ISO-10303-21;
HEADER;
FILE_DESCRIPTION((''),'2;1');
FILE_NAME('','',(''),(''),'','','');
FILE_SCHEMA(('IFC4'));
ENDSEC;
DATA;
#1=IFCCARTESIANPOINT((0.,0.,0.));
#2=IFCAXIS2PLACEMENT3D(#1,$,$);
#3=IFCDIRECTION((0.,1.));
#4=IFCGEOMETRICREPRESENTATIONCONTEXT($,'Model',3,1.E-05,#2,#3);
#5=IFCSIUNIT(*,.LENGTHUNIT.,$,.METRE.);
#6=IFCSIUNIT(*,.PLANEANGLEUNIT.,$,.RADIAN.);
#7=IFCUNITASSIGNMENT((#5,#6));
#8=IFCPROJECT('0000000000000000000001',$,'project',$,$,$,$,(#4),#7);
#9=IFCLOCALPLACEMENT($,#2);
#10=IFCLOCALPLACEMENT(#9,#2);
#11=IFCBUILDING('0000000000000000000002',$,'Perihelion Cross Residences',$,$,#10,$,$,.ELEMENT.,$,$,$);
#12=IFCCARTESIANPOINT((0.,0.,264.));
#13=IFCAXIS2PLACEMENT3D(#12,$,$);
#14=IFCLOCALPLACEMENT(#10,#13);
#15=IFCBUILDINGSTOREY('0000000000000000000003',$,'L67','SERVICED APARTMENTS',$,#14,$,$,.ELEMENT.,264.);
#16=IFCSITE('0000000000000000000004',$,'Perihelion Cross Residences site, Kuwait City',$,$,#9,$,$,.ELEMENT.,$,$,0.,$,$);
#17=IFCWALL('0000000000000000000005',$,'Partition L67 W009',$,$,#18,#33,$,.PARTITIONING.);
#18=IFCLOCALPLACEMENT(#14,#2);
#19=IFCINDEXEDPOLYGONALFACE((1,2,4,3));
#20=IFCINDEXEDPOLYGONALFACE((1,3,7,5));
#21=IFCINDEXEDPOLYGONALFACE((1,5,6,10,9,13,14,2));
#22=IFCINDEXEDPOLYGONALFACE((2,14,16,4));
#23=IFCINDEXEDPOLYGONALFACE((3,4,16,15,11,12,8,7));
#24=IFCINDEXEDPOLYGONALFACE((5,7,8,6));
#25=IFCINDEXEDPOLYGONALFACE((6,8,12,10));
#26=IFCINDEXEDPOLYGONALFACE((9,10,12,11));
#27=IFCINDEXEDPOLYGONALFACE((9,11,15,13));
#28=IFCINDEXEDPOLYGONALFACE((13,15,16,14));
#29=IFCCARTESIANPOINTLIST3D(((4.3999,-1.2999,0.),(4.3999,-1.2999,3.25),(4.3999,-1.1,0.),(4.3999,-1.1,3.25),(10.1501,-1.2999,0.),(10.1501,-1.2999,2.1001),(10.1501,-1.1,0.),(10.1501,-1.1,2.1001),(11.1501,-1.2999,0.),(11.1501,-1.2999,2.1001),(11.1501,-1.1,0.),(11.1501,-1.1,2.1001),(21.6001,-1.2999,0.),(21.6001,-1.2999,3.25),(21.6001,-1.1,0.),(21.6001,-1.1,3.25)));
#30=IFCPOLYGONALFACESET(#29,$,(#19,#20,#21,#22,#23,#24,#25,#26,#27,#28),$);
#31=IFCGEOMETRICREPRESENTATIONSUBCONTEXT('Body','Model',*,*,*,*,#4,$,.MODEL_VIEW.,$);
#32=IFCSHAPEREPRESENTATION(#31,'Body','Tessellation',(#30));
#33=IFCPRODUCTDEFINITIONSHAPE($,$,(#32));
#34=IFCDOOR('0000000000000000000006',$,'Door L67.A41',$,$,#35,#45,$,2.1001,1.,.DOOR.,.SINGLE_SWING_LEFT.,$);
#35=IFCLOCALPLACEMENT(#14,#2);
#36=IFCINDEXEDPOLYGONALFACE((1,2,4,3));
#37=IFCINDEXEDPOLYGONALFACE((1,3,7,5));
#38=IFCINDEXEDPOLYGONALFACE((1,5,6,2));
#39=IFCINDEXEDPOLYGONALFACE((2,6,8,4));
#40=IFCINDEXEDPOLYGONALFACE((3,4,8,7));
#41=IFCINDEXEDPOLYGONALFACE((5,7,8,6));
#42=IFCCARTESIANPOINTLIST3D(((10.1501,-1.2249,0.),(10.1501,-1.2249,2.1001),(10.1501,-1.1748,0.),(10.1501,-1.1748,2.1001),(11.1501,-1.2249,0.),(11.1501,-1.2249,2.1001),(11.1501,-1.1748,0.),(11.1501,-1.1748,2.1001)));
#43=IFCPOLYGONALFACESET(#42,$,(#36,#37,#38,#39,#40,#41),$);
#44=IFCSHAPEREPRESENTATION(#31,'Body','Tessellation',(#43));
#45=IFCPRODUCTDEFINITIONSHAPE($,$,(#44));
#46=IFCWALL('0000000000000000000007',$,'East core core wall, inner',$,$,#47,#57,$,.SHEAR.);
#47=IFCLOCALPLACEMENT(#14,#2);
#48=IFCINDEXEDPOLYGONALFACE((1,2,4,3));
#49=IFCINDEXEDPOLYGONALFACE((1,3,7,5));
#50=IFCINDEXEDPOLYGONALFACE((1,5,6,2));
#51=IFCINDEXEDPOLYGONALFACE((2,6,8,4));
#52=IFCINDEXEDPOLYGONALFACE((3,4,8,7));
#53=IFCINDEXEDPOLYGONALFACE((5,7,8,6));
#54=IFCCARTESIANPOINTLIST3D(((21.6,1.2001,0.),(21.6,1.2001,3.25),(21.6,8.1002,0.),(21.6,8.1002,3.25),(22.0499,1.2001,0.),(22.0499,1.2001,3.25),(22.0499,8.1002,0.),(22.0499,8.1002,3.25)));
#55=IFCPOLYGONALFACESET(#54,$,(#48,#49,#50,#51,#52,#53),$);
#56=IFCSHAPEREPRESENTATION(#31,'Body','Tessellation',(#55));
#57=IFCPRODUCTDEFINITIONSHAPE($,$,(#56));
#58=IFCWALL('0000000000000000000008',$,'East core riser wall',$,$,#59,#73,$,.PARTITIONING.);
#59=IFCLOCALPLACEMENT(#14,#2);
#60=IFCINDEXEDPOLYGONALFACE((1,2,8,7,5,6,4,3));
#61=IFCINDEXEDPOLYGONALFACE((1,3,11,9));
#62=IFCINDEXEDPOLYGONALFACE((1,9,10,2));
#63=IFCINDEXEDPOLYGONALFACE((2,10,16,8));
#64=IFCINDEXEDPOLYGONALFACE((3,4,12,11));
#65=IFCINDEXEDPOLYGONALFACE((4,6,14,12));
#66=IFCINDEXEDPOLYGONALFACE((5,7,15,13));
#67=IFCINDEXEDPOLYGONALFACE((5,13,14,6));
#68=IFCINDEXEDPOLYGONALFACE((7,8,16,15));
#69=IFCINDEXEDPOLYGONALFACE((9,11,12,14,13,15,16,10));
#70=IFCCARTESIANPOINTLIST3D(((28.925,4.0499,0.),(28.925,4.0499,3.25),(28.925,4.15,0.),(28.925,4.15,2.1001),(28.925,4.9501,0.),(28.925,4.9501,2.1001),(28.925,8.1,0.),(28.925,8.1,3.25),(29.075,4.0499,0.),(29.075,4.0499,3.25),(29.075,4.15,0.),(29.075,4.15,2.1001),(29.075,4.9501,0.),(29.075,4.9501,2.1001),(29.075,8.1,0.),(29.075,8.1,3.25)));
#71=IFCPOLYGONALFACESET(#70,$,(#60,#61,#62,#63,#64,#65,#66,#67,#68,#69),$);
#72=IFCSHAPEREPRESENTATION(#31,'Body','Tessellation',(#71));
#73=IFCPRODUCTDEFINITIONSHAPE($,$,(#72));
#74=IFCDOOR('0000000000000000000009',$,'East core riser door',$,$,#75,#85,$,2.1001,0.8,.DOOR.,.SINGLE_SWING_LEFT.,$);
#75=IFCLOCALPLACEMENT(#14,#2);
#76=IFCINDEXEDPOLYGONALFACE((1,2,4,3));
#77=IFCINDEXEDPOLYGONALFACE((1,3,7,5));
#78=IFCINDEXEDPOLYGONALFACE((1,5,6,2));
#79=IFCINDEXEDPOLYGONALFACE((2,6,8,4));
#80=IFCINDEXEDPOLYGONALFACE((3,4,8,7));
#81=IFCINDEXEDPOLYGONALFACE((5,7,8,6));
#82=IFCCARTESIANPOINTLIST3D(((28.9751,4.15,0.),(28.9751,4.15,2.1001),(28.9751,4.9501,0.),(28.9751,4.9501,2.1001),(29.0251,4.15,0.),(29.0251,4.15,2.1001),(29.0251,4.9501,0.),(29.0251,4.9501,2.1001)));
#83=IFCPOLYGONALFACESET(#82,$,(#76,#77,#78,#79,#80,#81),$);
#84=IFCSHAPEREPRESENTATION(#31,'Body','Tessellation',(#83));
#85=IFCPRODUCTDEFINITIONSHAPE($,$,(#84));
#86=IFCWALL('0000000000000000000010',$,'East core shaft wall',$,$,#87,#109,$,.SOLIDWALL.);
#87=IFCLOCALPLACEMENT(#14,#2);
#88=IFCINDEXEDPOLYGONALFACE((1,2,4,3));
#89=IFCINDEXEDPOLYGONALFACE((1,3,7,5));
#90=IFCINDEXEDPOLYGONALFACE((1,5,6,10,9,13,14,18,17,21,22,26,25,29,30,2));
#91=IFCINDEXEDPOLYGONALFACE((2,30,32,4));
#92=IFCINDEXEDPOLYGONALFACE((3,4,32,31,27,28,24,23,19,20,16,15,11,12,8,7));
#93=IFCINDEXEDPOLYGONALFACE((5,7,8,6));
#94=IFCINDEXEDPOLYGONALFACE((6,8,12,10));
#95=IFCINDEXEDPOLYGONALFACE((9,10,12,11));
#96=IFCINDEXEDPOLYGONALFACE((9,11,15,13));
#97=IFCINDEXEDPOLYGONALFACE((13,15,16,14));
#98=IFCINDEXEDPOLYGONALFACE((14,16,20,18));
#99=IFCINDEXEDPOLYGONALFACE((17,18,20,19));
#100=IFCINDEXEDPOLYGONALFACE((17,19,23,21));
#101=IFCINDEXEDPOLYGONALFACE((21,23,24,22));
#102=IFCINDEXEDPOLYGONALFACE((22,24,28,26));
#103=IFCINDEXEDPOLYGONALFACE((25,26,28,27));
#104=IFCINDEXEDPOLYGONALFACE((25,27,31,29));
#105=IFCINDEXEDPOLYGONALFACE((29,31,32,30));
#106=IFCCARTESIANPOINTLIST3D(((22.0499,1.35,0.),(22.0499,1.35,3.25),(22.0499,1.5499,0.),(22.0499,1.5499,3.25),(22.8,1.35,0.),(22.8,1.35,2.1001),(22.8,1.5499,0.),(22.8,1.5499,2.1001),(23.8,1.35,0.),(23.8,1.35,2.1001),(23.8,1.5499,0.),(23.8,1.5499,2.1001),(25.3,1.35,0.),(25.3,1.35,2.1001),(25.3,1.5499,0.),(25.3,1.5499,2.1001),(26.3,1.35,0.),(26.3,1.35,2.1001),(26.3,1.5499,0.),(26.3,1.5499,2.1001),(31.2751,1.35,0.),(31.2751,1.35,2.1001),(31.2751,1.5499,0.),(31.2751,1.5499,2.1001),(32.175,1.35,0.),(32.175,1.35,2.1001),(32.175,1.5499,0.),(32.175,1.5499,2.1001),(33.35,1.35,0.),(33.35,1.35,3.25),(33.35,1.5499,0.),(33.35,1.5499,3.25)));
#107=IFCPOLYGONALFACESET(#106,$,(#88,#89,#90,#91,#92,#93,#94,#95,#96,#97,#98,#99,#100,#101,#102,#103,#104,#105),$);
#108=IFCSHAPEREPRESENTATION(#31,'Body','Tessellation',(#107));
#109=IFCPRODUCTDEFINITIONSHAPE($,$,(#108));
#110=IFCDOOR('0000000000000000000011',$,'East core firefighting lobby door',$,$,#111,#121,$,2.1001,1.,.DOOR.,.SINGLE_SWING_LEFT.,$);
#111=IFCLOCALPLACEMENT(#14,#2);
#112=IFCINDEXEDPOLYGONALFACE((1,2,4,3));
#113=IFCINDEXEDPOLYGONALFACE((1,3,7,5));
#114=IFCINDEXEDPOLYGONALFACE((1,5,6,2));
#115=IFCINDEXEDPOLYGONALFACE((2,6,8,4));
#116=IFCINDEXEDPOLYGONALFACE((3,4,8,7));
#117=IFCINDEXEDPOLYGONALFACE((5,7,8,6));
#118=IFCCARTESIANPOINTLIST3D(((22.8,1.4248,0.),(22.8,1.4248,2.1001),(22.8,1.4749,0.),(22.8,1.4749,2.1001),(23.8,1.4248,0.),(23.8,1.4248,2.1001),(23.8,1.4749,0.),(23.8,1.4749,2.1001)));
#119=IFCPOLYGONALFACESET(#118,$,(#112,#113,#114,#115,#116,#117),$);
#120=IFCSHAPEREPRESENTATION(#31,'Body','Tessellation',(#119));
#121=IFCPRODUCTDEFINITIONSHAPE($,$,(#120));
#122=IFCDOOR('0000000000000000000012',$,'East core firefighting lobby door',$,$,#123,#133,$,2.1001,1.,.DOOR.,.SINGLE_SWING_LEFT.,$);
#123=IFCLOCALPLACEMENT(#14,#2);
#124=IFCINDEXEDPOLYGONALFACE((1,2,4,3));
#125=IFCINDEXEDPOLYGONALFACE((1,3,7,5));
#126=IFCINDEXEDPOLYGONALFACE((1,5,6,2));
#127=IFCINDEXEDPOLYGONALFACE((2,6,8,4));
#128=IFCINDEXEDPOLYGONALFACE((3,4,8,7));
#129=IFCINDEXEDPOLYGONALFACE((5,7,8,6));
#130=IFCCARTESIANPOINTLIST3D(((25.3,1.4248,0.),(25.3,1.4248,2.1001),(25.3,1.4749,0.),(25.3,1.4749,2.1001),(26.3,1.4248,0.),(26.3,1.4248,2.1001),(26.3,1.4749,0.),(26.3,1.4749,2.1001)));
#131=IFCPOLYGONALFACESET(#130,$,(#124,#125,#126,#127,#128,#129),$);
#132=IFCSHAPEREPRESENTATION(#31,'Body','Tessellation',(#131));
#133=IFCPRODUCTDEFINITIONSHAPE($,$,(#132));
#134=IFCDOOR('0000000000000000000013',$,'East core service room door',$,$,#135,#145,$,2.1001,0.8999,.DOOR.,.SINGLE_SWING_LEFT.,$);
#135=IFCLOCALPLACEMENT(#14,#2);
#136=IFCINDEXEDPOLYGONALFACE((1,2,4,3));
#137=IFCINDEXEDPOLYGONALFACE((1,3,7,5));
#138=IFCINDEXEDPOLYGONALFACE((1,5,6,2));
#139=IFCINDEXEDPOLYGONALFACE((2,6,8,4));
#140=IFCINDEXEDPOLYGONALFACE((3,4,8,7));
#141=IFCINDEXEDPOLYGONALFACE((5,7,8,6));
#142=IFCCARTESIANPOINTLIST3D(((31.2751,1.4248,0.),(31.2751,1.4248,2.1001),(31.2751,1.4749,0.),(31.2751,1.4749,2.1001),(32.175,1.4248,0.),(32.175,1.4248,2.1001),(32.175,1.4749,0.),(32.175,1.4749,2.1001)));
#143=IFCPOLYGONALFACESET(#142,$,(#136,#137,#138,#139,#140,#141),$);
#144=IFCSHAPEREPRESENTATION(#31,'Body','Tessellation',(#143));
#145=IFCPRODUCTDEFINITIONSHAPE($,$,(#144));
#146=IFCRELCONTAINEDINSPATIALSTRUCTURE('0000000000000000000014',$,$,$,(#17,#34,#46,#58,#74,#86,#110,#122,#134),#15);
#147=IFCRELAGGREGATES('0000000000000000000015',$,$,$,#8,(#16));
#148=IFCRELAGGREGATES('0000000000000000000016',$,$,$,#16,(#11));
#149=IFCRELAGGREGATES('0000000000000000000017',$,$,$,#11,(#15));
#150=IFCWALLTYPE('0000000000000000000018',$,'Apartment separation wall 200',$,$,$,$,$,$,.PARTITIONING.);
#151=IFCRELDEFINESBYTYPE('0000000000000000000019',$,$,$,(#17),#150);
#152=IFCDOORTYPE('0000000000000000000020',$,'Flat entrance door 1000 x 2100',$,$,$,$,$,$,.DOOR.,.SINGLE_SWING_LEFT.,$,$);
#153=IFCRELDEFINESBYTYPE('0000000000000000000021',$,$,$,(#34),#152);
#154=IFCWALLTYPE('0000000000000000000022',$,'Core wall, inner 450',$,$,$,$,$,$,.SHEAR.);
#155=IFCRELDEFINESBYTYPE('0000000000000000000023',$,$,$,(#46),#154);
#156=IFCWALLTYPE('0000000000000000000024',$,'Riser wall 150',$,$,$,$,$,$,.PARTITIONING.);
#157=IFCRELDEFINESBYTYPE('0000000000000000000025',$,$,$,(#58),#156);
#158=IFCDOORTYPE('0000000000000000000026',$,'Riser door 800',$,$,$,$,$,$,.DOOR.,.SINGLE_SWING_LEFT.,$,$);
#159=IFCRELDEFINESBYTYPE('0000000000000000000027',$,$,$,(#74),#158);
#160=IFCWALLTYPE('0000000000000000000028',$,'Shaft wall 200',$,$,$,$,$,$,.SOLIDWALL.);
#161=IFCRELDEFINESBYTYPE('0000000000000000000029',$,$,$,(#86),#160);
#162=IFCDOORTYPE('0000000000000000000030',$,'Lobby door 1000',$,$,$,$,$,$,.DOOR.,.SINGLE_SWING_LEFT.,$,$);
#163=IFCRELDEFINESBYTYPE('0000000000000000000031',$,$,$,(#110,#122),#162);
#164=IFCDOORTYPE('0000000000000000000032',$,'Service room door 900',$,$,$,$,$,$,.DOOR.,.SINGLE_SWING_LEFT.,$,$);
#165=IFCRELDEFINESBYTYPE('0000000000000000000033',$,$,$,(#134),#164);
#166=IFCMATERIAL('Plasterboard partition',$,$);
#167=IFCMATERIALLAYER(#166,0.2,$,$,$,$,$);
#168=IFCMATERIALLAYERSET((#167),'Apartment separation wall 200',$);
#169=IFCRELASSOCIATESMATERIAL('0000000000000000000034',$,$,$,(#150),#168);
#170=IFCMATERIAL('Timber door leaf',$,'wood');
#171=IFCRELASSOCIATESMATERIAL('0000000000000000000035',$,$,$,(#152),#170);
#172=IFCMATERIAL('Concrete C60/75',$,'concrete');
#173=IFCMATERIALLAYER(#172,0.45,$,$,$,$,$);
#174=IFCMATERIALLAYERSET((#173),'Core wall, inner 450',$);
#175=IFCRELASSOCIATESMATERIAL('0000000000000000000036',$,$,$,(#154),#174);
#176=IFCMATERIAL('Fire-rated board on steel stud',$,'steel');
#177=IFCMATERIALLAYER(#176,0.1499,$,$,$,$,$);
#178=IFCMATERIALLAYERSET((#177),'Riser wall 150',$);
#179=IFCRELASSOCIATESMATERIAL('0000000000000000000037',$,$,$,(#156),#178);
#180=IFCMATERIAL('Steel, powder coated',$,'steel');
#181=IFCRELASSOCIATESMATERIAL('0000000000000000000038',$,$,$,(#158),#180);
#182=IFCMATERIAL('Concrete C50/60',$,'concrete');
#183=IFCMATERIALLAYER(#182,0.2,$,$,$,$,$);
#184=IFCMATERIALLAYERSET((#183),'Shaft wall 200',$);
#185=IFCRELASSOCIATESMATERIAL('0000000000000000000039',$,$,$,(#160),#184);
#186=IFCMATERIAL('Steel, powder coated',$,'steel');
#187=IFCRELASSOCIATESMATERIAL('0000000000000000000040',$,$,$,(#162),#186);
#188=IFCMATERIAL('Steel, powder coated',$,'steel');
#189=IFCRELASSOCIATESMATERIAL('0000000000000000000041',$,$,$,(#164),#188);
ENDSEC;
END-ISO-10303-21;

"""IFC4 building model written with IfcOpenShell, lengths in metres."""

from ifc_helpers import new_model, si_unit, direction, frame, frame_2d, origin, place, context, subcontext, project, spatial, rectangle, extrude, material, layer, layer_set, type_object, element, fill, save


model = new_model("IFC4")

# Units and contexts
model_context = context("Model", 3, precision=1e-05, world=origin(), true_north=direction((0.0, 1.0)))
body_context = subcontext(model_context, "Body", "Model", "MODEL_VIEW")
ifc_project = project(units=[si_unit("LENGTHUNIT", "METRE"), si_unit("PLANEANGLEUNIT", "RADIAN")], contexts=[model_context])

# Site, building, storey
site_placement = place(None, origin())
site = spatial("IfcSite", under=ifc_project, at=site_placement, Name="Perihelion Cross Residences site, Kuwait City", CompositionType="ELEMENT", RefElevation=0.0)
building_placement = place(site_placement, origin())
building = spatial("IfcBuilding", under=site, at=building_placement, Name="Perihelion Cross Residences", CompositionType="ELEMENT")
storey_placement = place(building_placement, frame((0.0, 0.0, 264.0)))
storey = spatial("IfcBuildingStorey", under=building, at=storey_placement, Name="L67", Description="SERVICED APARTMENTS", CompositionType="ELEMENT", Elevation=264.0)

# Wall, opening, door
ifc_material_1 = material(Name="Plasterboard partition")
ifc_layer_1 = layer(ifc_material_1, 0.2)
ifc_layer_set_1 = layer_set([ifc_layer_1], Name="Apartment separation wall 200")
wall_type_1 = type_object("IfcWallType", Name="Apartment separation wall 200", PredefinedType="PARTITIONING", material=ifc_layer_set_1)
wall_1_placement = place(storey_placement, frame((21.6001, -1.2, 0.0), z_axis=(0.0, 0.0, 1.0), x_axis=(-1.0, 0.0, 0.0)))
wall_1 = element("IfcWall", 1, at=wall_1_placement, inside=storey, type_object=wall_type_1, Name="Partition L67 W009", PredefinedType="PARTITIONING", context=body_context, shape_type="SweptSolid", body=[
    extrude(rectangle(XDim=17.2002, YDim=0.2, at=frame_2d((8.6001, 0.0))), origin(), (0.0, 0.0, 1.0), 3.25),
])
opening_1_placement = place(wall_1_placement, frame((10.45, 0.0, 0.0)))
opening_1 = element("IfcOpeningElement", 2, at=opening_1_placement, cuts=wall_1, PredefinedType="OPENING", context=body_context, shape_type="SweptSolid", body=[
    extrude(rectangle(XDim=1.0, YDim=2.1001, at=frame_2d((0.5, 1.05))), frame((0.0, 0.1099, 0.0), z_axis=(0.0, -1.0, 0.0), x_axis=(1.0, 0.0, 0.0)), (0.0, 0.0, 1.0), 0.22),
])
ifc_material_2 = material(Name="Timber door leaf", Category="wood")
door_type_1 = type_object("IfcDoorType", Name="Flat entrance door 1000 x 2100", OperationType="SINGLE_SWING_LEFT", PredefinedType="DOOR", material=ifc_material_2)
door_1_placement = place(opening_1_placement, origin())
door_1 = element("IfcDoor", 3, at=door_1_placement, inside=storey, type_object=door_type_1, Name="Door L67.A41", OperationType="SINGLE_SWING_LEFT", OverallHeight=2.1001, OverallWidth=1.0, PredefinedType="DOOR", context=body_context, shape_type="SweptSolid", body=[
    extrude(rectangle(XDim=1.0, YDim=2.1001, at=frame_2d((0.5, 1.05))), frame((0.0, 0.0249, 0.0), z_axis=(0.0, -1.0, 0.0), x_axis=(1.0, 0.0, 0.0)), (0.0, 0.0, 1.0), 0.05),
])
fill(opening_1, door_1)

# Wall
ifc_material_3 = material(Name="Concrete C60/75", Category="concrete")
ifc_layer_2 = layer(ifc_material_3, 0.45)
ifc_layer_set_2 = layer_set([ifc_layer_2], Name="Core wall, inner 450")
wall_type_2 = type_object("IfcWallType", Name="Core wall, inner 450", PredefinedType="SHEAR", material=ifc_layer_set_2)
wall_2_placement = place(storey_placement, frame((21.825, 1.2, 0.0), z_axis=(0.0, 0.0, 1.0), x_axis=(0.0, 1.0, 0.0)))
element("IfcWall", 4, at=wall_2_placement, inside=storey, type_object=wall_type_2, Name="East core core wall, inner", PredefinedType="SHEAR", context=body_context, shape_type="SweptSolid", body=[
    extrude(rectangle(XDim=6.9001, YDim=0.45, at=frame_2d((3.4502, 0.0))), origin(), (0.0, 0.0, 1.0), 3.25),
])

# Wall, opening, door
ifc_material_4 = material(Name="Fire-rated board on steel stud", Category="steel")
ifc_layer_3 = layer(ifc_material_4, 0.1499)
ifc_layer_set_3 = layer_set([ifc_layer_3], Name="Riser wall 150")
wall_type_3 = type_object("IfcWallType", Name="Riser wall 150", PredefinedType="PARTITIONING", material=ifc_layer_set_3)
wall_3_placement = place(storey_placement, frame((29.0, 4.05, 0.0), z_axis=(0.0, 0.0, 1.0), x_axis=(0.0, 1.0, 0.0)))
wall_3 = element("IfcWall", 5, at=wall_3_placement, inside=storey, type_object=wall_type_3, Name="East core riser wall", PredefinedType="PARTITIONING", context=body_context, shape_type="SweptSolid", body=[
    extrude(rectangle(XDim=4.05, YDim=0.1499, at=frame_2d((2.0249, 0.0))), origin(), (0.0, 0.0, 1.0), 3.25),
])
opening_2_placement = place(wall_3_placement, frame((0.1001, 0.0, 0.0)))
opening_2 = element("IfcOpeningElement", 6, at=opening_2_placement, cuts=wall_3, PredefinedType="OPENING", context=body_context, shape_type="SweptSolid", body=[
    extrude(rectangle(XDim=0.8, YDim=2.1001, at=frame_2d((0.3999, 1.05))), frame((0.0, 0.085, 0.0), z_axis=(0.0, -1.0, 0.0), x_axis=(1.0, 0.0, 0.0)), (0.0, 0.0, 1.0), 0.1699),
])
ifc_material_5 = material(Name="Steel, powder coated", Category="steel")
door_type_2 = type_object("IfcDoorType", Name="Riser door 800", OperationType="SINGLE_SWING_LEFT", PredefinedType="DOOR", material=ifc_material_5)
door_2_placement = place(opening_2_placement, origin())
door_2 = element("IfcDoor", 7, at=door_2_placement, inside=storey, type_object=door_type_2, Name="East core riser door", OperationType="SINGLE_SWING_LEFT", OverallHeight=2.1001, OverallWidth=0.8, PredefinedType="DOOR", context=body_context, shape_type="SweptSolid", body=[
    extrude(rectangle(XDim=0.8, YDim=2.1001, at=frame_2d((0.3999, 1.05))), frame((0.0, 0.0249, 0.0), z_axis=(0.0, -1.0, 0.0), x_axis=(1.0, 0.0, 0.0)), (0.0, 0.0, 1.0), 0.05),
])
fill(opening_2, door_2)

# Wall, openings, doors
ifc_material_6 = material(Name="Concrete C50/60", Category="concrete")
ifc_layer_4 = layer(ifc_material_6, 0.2)
ifc_layer_set_4 = layer_set([ifc_layer_4], Name="Shaft wall 200")
wall_type_4 = type_object("IfcWallType", Name="Shaft wall 200", PredefinedType="SOLIDWALL", material=ifc_layer_set_4)
wall_4_placement = place(storey_placement, frame((22.05, 1.45, 0.0), z_axis=(0.0, 0.0, 1.0), x_axis=(1.0, 0.0, 0.0)))
wall_4 = element("IfcWall", 8, at=wall_4_placement, inside=storey, type_object=wall_type_4, Name="East core shaft wall", PredefinedType="SOLIDWALL", context=body_context, shape_type="SweptSolid", body=[
    extrude(rectangle(XDim=11.3, YDim=0.2, at=frame_2d((5.6499, 0.0))), origin(), (0.0, 0.0, 1.0), 3.25),
])
opening_3_placement = place(wall_4_placement, frame((0.75, 0.0, 0.0)))
opening_3 = element("IfcOpeningElement", 9, at=opening_3_placement, cuts=wall_4, PredefinedType="OPENING", context=body_context, shape_type="SweptSolid", body=[
    extrude(rectangle(XDim=1.0, YDim=2.1001, at=frame_2d((0.5, 1.05))), frame((0.0, 0.1099, 0.0), z_axis=(0.0, -1.0, 0.0), x_axis=(1.0, 0.0, 0.0)), (0.0, 0.0, 1.0), 0.22),
])
opening_4_placement = place(wall_4_placement, frame((3.25, 0.0, 0.0)))
opening_4 = element("IfcOpeningElement", 10, at=opening_4_placement, cuts=wall_4, PredefinedType="OPENING", context=body_context, shape_type="SweptSolid", body=[
    extrude(rectangle(XDim=1.0, YDim=2.1001, at=frame_2d((0.5, 1.05))), frame((0.0, 0.1099, 0.0), z_axis=(0.0, -1.0, 0.0), x_axis=(1.0, 0.0, 0.0)), (0.0, 0.0, 1.0), 0.22),
])
opening_5_placement = place(wall_4_placement, frame((9.2251, 0.0, 0.0)))
opening_5 = element("IfcOpeningElement", 11, at=opening_5_placement, cuts=wall_4, PredefinedType="OPENING", context=body_context, shape_type="SweptSolid", body=[
    extrude(rectangle(XDim=0.8999, YDim=2.1001, at=frame_2d((0.45, 1.05))), frame((0.0, 0.1099, 0.0), z_axis=(0.0, -1.0, 0.0), x_axis=(1.0, 0.0, 0.0)), (0.0, 0.0, 1.0), 0.22),
])
ifc_material_7 = material(Name="Steel, powder coated", Category="steel")
door_type_3 = type_object("IfcDoorType", Name="Lobby door 1000", OperationType="SINGLE_SWING_LEFT", PredefinedType="DOOR", material=ifc_material_7)
door_3_placement = place(opening_3_placement, origin())
door_3 = element("IfcDoor", 12, at=door_3_placement, inside=storey, type_object=door_type_3, Name="East core firefighting lobby door", OperationType="SINGLE_SWING_LEFT", OverallHeight=2.1001, OverallWidth=1.0, PredefinedType="DOOR", context=body_context, shape_type="SweptSolid", body=[
    extrude(rectangle(XDim=1.0, YDim=2.1001, at=frame_2d((0.5, 1.05))), frame((0.0, 0.0249, 0.0), z_axis=(0.0, -1.0, 0.0), x_axis=(1.0, 0.0, 0.0)), (0.0, 0.0, 1.0), 0.05),
])
fill(opening_3, door_3)
door_4_placement = place(opening_4_placement, origin())
door_4 = element("IfcDoor", 13, at=door_4_placement, inside=storey, type_object=door_type_3, Name="East core firefighting lobby door", OperationType="SINGLE_SWING_LEFT", OverallHeight=2.1001, OverallWidth=1.0, PredefinedType="DOOR", context=body_context, shape_type="SweptSolid", body=[
    extrude(rectangle(XDim=1.0, YDim=2.1001, at=frame_2d((0.5, 1.05))), frame((0.0, 0.0249, 0.0), z_axis=(0.0, -1.0, 0.0), x_axis=(1.0, 0.0, 0.0)), (0.0, 0.0, 1.0), 0.05),
])
fill(opening_4, door_4)
ifc_material_8 = material(Name="Steel, powder coated", Category="steel")
door_type_4 = type_object("IfcDoorType", Name="Service room door 900", OperationType="SINGLE_SWING_LEFT", PredefinedType="DOOR", material=ifc_material_8)
door_5_placement = place(opening_5_placement, origin())
door_5 = element("IfcDoor", 14, at=door_5_placement, inside=storey, type_object=door_type_4, Name="East core service room door", OperationType="SINGLE_SWING_LEFT", OverallHeight=2.1001, OverallWidth=0.8999, PredefinedType="DOOR", context=body_context, shape_type="SweptSolid", body=[
    extrude(rectangle(XDim=0.8999, YDim=2.1001, at=frame_2d((0.45, 1.05))), frame((0.0, 0.0249, 0.0), z_axis=(0.0, -1.0, 0.0), x_axis=(1.0, 0.0, 0.0)), (0.0, 0.0, 1.0), 0.05),
])
fill(opening_5, door_5)

save(model, "model.ifc")
